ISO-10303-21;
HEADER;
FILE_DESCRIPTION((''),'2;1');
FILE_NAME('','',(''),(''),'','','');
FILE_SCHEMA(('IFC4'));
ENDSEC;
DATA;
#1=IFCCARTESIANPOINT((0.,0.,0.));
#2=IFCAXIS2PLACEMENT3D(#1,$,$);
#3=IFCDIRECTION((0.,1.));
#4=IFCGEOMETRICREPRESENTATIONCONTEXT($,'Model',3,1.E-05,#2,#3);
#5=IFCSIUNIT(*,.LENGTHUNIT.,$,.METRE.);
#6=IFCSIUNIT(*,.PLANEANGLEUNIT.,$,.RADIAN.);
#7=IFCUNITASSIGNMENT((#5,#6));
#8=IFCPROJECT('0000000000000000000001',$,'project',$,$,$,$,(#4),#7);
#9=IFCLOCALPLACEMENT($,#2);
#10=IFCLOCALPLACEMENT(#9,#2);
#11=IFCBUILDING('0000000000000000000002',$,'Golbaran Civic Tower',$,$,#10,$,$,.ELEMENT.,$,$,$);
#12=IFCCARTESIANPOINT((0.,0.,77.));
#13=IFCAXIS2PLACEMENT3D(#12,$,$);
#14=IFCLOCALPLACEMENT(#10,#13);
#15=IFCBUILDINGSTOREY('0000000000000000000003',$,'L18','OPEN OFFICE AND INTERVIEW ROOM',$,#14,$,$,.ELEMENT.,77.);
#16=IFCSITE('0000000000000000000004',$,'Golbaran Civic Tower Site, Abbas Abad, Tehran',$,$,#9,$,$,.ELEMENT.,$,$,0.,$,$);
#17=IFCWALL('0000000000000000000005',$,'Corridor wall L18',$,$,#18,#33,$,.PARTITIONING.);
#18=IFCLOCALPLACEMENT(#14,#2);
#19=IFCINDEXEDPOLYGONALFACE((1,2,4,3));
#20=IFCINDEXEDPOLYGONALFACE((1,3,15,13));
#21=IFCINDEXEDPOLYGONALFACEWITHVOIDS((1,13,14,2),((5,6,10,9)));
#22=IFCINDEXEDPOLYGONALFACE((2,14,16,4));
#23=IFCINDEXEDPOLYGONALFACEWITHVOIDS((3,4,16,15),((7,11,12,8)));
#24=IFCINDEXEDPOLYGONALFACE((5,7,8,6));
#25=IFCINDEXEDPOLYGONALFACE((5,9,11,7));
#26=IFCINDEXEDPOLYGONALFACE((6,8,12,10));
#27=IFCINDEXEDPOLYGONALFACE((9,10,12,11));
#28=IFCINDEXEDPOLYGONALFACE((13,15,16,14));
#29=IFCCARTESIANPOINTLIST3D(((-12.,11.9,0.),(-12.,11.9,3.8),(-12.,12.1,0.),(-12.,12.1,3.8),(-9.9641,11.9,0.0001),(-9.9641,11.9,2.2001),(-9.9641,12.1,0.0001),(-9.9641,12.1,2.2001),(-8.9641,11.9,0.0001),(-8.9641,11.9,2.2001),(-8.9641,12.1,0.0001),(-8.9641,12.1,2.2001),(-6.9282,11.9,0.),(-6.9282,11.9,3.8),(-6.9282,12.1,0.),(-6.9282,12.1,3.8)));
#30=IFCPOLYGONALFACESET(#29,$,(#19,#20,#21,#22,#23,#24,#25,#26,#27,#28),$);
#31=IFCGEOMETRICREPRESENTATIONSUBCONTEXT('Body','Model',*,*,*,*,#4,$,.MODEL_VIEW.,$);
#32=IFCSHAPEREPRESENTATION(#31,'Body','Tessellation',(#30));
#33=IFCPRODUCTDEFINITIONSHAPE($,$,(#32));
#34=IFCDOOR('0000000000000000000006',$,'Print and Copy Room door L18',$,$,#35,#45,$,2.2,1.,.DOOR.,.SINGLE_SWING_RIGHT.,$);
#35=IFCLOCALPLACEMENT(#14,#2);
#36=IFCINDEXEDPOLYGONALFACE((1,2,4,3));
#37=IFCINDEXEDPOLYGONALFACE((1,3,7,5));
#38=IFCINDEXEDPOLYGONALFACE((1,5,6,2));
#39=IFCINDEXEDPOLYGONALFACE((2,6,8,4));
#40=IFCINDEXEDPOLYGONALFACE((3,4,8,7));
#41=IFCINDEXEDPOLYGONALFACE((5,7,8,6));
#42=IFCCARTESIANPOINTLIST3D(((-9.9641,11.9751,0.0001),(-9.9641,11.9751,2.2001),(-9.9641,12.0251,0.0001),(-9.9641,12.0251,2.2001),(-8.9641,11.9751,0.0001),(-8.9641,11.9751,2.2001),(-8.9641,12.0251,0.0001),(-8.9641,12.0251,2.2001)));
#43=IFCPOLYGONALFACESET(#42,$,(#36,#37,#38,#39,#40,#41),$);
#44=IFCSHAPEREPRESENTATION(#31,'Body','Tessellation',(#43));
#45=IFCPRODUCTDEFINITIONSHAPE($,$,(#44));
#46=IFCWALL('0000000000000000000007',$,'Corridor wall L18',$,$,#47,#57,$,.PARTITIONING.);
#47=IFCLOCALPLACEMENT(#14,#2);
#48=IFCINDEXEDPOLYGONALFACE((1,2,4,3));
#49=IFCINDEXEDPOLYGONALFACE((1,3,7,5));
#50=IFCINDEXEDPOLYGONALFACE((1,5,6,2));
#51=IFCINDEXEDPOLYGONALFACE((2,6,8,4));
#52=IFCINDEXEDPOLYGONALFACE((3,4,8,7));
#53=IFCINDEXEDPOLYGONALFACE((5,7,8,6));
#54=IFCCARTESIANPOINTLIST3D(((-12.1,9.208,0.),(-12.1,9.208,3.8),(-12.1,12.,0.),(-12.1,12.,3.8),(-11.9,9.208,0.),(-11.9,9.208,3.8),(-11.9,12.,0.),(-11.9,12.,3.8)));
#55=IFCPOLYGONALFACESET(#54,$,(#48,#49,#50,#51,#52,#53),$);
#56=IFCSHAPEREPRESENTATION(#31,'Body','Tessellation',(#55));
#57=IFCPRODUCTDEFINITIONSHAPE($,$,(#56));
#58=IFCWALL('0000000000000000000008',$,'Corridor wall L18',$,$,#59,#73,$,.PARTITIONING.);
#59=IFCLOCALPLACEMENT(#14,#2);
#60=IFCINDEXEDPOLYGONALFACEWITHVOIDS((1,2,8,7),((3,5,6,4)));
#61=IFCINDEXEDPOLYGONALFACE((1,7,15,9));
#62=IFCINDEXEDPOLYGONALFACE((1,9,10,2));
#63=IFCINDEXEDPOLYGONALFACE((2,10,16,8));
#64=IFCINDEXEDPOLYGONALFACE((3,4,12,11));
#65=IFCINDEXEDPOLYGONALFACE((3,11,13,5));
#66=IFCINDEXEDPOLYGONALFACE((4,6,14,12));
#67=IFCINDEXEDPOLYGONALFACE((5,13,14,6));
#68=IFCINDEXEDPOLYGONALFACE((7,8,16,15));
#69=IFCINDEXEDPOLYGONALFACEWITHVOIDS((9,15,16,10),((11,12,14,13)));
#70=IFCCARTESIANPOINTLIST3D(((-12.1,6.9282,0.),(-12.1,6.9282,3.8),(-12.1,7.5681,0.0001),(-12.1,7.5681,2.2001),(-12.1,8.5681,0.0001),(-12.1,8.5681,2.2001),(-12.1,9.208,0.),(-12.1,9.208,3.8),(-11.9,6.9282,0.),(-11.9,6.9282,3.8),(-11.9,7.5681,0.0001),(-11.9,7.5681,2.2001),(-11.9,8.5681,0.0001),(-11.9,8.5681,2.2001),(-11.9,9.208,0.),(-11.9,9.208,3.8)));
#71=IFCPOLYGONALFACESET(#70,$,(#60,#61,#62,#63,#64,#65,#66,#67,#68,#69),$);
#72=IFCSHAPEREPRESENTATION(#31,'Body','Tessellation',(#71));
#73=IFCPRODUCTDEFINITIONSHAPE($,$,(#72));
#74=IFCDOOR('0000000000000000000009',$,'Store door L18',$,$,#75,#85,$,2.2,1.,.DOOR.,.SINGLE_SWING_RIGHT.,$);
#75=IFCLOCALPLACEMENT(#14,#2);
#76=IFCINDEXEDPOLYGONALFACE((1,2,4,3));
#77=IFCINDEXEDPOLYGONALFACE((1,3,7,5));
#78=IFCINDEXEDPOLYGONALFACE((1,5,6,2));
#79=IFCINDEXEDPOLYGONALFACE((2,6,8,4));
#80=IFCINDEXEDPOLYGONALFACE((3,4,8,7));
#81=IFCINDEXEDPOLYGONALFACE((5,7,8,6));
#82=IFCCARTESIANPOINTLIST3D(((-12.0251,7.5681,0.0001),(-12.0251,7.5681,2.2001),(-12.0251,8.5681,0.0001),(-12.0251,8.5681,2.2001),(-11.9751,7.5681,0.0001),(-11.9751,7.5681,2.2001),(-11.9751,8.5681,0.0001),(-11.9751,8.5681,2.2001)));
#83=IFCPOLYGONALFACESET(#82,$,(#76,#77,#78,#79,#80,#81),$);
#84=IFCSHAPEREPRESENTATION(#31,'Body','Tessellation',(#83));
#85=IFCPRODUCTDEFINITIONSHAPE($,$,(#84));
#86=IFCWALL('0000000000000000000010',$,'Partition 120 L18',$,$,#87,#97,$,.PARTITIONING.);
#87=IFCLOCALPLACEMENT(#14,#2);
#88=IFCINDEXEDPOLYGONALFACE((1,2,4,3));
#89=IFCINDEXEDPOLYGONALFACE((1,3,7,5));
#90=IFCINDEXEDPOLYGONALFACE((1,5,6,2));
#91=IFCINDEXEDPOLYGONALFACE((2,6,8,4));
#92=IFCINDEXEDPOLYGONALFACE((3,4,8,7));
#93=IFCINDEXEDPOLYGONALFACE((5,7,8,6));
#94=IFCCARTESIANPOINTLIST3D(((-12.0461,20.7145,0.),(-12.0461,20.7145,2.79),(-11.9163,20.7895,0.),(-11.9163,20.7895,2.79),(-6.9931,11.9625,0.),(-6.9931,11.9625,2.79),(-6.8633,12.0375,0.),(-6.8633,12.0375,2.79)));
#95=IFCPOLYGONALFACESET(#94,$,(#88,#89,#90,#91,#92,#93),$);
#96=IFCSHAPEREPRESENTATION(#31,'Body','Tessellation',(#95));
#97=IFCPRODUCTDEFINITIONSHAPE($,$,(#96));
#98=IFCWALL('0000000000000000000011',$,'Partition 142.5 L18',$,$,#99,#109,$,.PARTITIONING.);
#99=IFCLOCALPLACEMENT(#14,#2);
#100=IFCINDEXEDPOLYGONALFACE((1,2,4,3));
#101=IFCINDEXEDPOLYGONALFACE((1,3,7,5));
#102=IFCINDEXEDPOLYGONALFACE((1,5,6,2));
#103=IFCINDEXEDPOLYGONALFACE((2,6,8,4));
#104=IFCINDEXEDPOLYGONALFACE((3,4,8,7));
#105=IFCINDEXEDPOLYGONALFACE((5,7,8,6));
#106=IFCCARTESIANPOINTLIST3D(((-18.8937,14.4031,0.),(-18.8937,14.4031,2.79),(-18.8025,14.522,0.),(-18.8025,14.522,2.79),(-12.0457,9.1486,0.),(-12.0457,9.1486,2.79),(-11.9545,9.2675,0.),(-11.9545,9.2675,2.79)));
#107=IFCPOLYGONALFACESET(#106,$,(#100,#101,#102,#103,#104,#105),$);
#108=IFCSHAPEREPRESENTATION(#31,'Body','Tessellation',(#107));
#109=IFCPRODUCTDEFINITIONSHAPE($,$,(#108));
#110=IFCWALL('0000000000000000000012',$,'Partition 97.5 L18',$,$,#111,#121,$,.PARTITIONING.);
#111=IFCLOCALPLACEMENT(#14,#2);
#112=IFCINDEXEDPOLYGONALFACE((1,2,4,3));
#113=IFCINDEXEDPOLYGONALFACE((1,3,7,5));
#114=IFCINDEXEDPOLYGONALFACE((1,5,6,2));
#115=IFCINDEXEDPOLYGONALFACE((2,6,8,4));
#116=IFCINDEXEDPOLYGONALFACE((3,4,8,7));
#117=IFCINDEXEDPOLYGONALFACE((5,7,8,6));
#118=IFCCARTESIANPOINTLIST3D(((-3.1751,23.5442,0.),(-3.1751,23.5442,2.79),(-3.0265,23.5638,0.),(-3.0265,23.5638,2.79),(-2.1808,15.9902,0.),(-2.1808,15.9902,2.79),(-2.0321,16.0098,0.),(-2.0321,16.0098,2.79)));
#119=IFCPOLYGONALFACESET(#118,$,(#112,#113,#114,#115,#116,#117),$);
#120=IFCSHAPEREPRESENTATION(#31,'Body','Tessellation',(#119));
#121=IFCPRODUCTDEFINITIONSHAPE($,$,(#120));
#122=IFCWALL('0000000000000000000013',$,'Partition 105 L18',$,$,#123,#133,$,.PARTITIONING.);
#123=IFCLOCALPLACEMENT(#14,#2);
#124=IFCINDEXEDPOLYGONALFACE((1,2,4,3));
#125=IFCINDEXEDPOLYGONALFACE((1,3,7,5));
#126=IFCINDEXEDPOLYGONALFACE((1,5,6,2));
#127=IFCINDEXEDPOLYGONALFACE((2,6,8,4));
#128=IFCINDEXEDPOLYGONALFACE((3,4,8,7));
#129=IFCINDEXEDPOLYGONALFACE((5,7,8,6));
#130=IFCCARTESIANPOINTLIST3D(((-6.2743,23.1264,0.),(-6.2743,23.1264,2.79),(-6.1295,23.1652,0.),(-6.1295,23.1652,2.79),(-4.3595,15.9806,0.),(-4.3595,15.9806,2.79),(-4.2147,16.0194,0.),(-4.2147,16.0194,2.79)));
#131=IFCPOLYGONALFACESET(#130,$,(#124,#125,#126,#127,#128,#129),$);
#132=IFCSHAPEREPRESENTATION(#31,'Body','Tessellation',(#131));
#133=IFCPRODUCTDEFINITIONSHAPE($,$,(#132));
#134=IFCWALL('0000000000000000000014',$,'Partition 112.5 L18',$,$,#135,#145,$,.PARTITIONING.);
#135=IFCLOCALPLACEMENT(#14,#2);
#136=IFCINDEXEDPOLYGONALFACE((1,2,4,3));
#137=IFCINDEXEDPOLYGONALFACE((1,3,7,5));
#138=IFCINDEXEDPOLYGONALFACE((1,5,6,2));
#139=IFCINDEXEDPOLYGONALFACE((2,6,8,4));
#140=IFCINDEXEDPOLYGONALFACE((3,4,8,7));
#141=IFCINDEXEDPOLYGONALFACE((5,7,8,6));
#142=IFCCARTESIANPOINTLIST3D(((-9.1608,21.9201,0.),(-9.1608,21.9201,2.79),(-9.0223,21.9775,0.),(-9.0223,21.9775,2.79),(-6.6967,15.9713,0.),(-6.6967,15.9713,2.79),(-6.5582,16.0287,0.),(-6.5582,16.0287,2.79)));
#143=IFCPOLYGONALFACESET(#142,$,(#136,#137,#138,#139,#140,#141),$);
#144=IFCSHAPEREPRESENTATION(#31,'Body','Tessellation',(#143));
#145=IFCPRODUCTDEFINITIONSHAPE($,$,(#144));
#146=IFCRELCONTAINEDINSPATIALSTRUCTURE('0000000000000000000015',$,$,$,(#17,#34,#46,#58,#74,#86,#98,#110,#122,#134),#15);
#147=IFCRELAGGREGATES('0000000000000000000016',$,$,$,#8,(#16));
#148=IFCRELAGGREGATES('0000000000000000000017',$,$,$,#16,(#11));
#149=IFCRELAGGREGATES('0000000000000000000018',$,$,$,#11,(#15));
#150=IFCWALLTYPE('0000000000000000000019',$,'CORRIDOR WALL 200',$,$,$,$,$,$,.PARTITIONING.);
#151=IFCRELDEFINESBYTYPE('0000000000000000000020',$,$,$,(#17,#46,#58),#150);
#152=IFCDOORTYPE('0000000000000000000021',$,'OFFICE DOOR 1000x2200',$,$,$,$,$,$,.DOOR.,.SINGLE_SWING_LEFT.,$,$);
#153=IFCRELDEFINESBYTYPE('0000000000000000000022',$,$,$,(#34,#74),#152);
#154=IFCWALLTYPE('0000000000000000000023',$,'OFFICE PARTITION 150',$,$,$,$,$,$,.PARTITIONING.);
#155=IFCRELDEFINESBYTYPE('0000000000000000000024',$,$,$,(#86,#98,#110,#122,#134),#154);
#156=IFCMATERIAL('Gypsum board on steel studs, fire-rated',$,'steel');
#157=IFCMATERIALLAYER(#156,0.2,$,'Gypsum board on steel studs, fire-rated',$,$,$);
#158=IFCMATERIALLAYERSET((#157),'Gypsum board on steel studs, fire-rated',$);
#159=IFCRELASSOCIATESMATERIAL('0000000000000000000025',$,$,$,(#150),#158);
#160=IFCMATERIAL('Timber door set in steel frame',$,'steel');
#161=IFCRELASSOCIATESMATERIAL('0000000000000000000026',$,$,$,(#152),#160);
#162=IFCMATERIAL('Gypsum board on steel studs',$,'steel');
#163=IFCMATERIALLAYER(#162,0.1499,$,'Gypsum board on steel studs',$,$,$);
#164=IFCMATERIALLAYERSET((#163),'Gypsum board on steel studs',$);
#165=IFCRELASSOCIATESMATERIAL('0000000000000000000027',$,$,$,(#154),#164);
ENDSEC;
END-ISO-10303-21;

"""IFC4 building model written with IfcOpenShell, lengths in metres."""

from ifc_helpers import new_model, si_unit, direction, frame, frame_2d, origin, place, context, subcontext, project, spatial, rectangle, extrude, material, layer, layer_set, type_object, element, fill, save


model = new_model("IFC4")

# Units and contexts
model_context = context("Model", 3, precision=1e-05, world=origin(), true_north=direction((0.0, 1.0)))
body_context = subcontext(model_context, "Body", "Model", "MODEL_VIEW")
ifc_project = project(units=[si_unit("LENGTHUNIT", "METRE"), si_unit("PLANEANGLEUNIT", "RADIAN")], contexts=[model_context])

# Site, building, storey
site_placement = place(None, origin())
site = spatial("IfcSite", under=ifc_project, at=site_placement, Name="Golbaran Civic Tower Site, Abbas Abad, Tehran", CompositionType="ELEMENT", RefElevation=0.0)
building_placement = place(site_placement, origin())
building = spatial("IfcBuilding", under=site, at=building_placement, Name="Golbaran Civic Tower", CompositionType="ELEMENT")
storey_placement = place(building_placement, frame((0.0, 0.0, 77.0)))
storey = spatial("IfcBuildingStorey", under=building, at=storey_placement, Name="L18", Description="OPEN OFFICE AND INTERVIEW ROOM", CompositionType="ELEMENT", Elevation=77.0)

# Wall, opening, door
ifc_material_1 = material(Name="Timber door set in steel frame", Category="steel")
ifc_material_2 = material(Name="Gypsum board on steel studs, fire-rated", Category="steel")
ifc_layer_1 = layer(ifc_material_2, 0.2, Name="Gypsum board on steel studs, fire-rated")
ifc_layer_set_1 = layer_set([ifc_layer_1], Name="Gypsum board on steel studs, fire-rated")
wall_type_1 = type_object("IfcWallType", Name="CORRIDOR WALL 200", PredefinedType="PARTITIONING", material=ifc_layer_set_1)
wall_1_placement = place(storey_placement, frame((-6.9282, 12.0, 0.0), z_axis=(0.0, 0.0, 1.0), x_axis=(-1.0, 0.0, 0.0)))
wall_1 = element("IfcWall", 1, at=wall_1_placement, inside=storey, type_object=wall_type_1, Name="Corridor wall L18", PredefinedType="PARTITIONING", context=body_context, shape_type="SweptSolid", body=[
    extrude(rectangle(XDim=5.0718, YDim=0.2, at=frame_2d((2.5359, 0.0))), origin(), (0.0, 0.0, 1.0), 3.8),
])
opening_1_placement = place(wall_1_placement, frame((2.0359, 0.0, 0.0)))
opening_1 = element("IfcOpeningElement", 2, at=opening_1_placement, cuts=wall_1, PredefinedType="OPENING", context=body_context, shape_type="SweptSolid", body=[
    extrude(rectangle(XDim=1.0, YDim=2.2, at=frame_2d((0.5, 1.1001))), frame((0.0, 0.1099, 0.0), z_axis=(0.0, -1.0, 0.0), x_axis=(1.0, 0.0, 0.0)), (0.0, 0.0, 1.0), 0.22),
])
door_type_1 = type_object("IfcDoorType", Name="OFFICE DOOR 1000x2200", OperationType="SINGLE_SWING_LEFT", PredefinedType="DOOR", material=ifc_material_1)
door_1_placement = place(opening_1_placement, origin())
door_1 = element("IfcDoor", 3, at=door_1_placement, inside=storey, type_object=door_type_1, Name="Print and Copy Room door L18", OperationType="SINGLE_SWING_RIGHT", OverallHeight=2.2, OverallWidth=1.0, PredefinedType="DOOR", context=body_context, shape_type="SweptSolid", body=[
    extrude(rectangle(XDim=1.0, YDim=2.2, at=frame_2d((0.5, 1.1001))), frame((0.0, 0.0249, 0.0), z_axis=(0.0, -1.0, 0.0), x_axis=(1.0, 0.0, 0.0)), (0.0, 0.0, 1.0), 0.05),
])
fill(opening_1, door_1)

# Wall
wall_2_placement = place(storey_placement, frame((-12.0, 12.0, 0.0), z_axis=(0.0, 0.0, 1.0), x_axis=(0.0, -1.0, 0.0)))
element("IfcWall", 4, at=wall_2_placement, inside=storey, type_object=wall_type_1, Name="Corridor wall L18", PredefinedType="PARTITIONING", context=body_context, shape_type="SweptSolid", body=[
    extrude(rectangle(XDim=2.792, YDim=0.2, at=frame_2d((1.396, 0.0))), origin(), (0.0, 0.0, 1.0), 3.8),
])

# Wall, opening, door
wall_3_placement = place(storey_placement, frame((-12.0, 9.208, 0.0), z_axis=(0.0, 0.0, 1.0), x_axis=(0.0, -1.0, 0.0)))
wall_3 = element("IfcWall", 5, at=wall_3_placement, inside=storey, type_object=wall_type_1, Name="Corridor wall L18", PredefinedType="PARTITIONING", context=body_context, shape_type="SweptSolid", body=[
    extrude(rectangle(XDim=2.2798, YDim=0.2, at=frame_2d((1.1399, 0.0))), origin(), (0.0, 0.0, 1.0), 3.8),
])
opening_2_placement = place(wall_3_placement, frame((0.6399, 0.0, 0.0)))
opening_2 = element("IfcOpeningElement", 6, at=opening_2_placement, cuts=wall_3, PredefinedType="OPENING", context=body_context, shape_type="SweptSolid", body=[
    extrude(rectangle(XDim=1.0, YDim=2.2, at=frame_2d((0.5, 1.1001))), frame((0.0, 0.1099, 0.0), z_axis=(0.0, -1.0, 0.0), x_axis=(1.0, 0.0, 0.0)), (0.0, 0.0, 1.0), 0.22),
])
door_2_placement = place(opening_2_placement, origin())
door_2 = element("IfcDoor", 7, at=door_2_placement, inside=storey, type_object=door_type_1, Name="Store door L18", OperationType="SINGLE_SWING_RIGHT", OverallHeight=2.2, OverallWidth=1.0, PredefinedType="DOOR", context=body_context, shape_type="SweptSolid", body=[
    extrude(rectangle(XDim=1.0, YDim=2.2, at=frame_2d((0.5, 1.1001))), frame((0.0, 0.0249, 0.0), z_axis=(0.0, -1.0, 0.0), x_axis=(1.0, 0.0, 0.0)), (0.0, 0.0, 1.0), 0.05),
])
fill(opening_2, door_2)

# Walls
ifc_material_3 = material(Name="Gypsum board on steel studs", Category="steel")
ifc_layer_2 = layer(ifc_material_3, 0.1499, Name="Gypsum board on steel studs")
ifc_layer_set_2 = layer_set([ifc_layer_2], Name="Gypsum board on steel studs")
wall_type_2 = type_object("IfcWallType", Name="OFFICE PARTITION 150", PredefinedType="PARTITIONING", material=ifc_layer_set_2)
wall_4_placement = place(storey_placement, frame((-6.9282, 12.0, 0.0), z_axis=(0.0, 0.0, 1.0), x_axis=(-0.500003, 0.866024, 0.0)))
element("IfcWall", 8, at=wall_4_placement, inside=storey, type_object=wall_type_2, Name="Partition 120 L18", PredefinedType="PARTITIONING", context=body_context, shape_type="SweptSolid", body=[
    extrude(rectangle(XDim=10.106, YDim=0.1499, at=frame_2d((5.053, 0.0))), origin(), (0.0, 0.0, 1.0), 2.79),
])
wall_5_placement = place(storey_placement, frame((-12.0, 9.208, 0.0), z_axis=(0.0, 0.0, 1.0), x_axis=(-0.793364, 0.608748, 0.0)))
element("IfcWall", 9, at=wall_5_placement, inside=storey, type_object=wall_type_2, Name="Partition 142.5 L18", PredefinedType="PARTITIONING", context=body_context, shape_type="SweptSolid", body=[
    extrude(rectangle(XDim=8.6316, YDim=0.1499, at=frame_2d((4.3159, 0.0))), origin(), (0.0, 0.0, 1.0), 2.79),
])
wall_6_placement = place(storey_placement, frame((-2.1064, 16.0, 0.0), z_axis=(0.0, 0.0, 1.0), x_axis=(-0.130512, 0.991447, 0.0)))
element("IfcWall", 10, at=wall_6_placement, inside=storey, type_object=wall_type_2, Name="Partition 97.5 L18", PredefinedType="PARTITIONING", context=body_context, shape_type="SweptSolid", body=[
    extrude(rectangle(XDim=7.6191, YDim=0.1499, at=frame_2d((3.8096, 0.0))), origin(), (0.0, 0.0, 1.0), 2.79),
])
wall_7_placement = place(storey_placement, frame((-4.2871, 16.0, 0.0), z_axis=(0.0, 0.0, 1.0), x_axis=(-0.258831, 0.965923, 0.0)))
element("IfcWall", 11, at=wall_7_placement, inside=storey, type_object=wall_type_2, Name="Partition 105 L18", PredefinedType="PARTITIONING", context=body_context, shape_type="SweptSolid", body=[
    extrude(rectangle(XDim=7.3979, YDim=0.1499, at=frame_2d((3.699, 0.0))), origin(), (0.0, 0.0, 1.0), 2.79),
])
wall_8_placement = place(storey_placement, frame((-6.6274, 16.0, 0.0), z_axis=(0.0, 0.0, 1.0), x_axis=(-0.382692, 0.923876, 0.0)))
element("IfcWall", 12, at=wall_8_placement, inside=storey, type_object=wall_type_2, Name="Partition 112.5 L18", PredefinedType="PARTITIONING", context=body_context, shape_type="SweptSolid", body=[
    extrude(rectangle(XDim=6.439, YDim=0.1499, at=frame_2d((3.2195, 0.0))), origin(), (0.0, 0.0, 1.0), 2.79),
])

save(model, "model.ifc")
